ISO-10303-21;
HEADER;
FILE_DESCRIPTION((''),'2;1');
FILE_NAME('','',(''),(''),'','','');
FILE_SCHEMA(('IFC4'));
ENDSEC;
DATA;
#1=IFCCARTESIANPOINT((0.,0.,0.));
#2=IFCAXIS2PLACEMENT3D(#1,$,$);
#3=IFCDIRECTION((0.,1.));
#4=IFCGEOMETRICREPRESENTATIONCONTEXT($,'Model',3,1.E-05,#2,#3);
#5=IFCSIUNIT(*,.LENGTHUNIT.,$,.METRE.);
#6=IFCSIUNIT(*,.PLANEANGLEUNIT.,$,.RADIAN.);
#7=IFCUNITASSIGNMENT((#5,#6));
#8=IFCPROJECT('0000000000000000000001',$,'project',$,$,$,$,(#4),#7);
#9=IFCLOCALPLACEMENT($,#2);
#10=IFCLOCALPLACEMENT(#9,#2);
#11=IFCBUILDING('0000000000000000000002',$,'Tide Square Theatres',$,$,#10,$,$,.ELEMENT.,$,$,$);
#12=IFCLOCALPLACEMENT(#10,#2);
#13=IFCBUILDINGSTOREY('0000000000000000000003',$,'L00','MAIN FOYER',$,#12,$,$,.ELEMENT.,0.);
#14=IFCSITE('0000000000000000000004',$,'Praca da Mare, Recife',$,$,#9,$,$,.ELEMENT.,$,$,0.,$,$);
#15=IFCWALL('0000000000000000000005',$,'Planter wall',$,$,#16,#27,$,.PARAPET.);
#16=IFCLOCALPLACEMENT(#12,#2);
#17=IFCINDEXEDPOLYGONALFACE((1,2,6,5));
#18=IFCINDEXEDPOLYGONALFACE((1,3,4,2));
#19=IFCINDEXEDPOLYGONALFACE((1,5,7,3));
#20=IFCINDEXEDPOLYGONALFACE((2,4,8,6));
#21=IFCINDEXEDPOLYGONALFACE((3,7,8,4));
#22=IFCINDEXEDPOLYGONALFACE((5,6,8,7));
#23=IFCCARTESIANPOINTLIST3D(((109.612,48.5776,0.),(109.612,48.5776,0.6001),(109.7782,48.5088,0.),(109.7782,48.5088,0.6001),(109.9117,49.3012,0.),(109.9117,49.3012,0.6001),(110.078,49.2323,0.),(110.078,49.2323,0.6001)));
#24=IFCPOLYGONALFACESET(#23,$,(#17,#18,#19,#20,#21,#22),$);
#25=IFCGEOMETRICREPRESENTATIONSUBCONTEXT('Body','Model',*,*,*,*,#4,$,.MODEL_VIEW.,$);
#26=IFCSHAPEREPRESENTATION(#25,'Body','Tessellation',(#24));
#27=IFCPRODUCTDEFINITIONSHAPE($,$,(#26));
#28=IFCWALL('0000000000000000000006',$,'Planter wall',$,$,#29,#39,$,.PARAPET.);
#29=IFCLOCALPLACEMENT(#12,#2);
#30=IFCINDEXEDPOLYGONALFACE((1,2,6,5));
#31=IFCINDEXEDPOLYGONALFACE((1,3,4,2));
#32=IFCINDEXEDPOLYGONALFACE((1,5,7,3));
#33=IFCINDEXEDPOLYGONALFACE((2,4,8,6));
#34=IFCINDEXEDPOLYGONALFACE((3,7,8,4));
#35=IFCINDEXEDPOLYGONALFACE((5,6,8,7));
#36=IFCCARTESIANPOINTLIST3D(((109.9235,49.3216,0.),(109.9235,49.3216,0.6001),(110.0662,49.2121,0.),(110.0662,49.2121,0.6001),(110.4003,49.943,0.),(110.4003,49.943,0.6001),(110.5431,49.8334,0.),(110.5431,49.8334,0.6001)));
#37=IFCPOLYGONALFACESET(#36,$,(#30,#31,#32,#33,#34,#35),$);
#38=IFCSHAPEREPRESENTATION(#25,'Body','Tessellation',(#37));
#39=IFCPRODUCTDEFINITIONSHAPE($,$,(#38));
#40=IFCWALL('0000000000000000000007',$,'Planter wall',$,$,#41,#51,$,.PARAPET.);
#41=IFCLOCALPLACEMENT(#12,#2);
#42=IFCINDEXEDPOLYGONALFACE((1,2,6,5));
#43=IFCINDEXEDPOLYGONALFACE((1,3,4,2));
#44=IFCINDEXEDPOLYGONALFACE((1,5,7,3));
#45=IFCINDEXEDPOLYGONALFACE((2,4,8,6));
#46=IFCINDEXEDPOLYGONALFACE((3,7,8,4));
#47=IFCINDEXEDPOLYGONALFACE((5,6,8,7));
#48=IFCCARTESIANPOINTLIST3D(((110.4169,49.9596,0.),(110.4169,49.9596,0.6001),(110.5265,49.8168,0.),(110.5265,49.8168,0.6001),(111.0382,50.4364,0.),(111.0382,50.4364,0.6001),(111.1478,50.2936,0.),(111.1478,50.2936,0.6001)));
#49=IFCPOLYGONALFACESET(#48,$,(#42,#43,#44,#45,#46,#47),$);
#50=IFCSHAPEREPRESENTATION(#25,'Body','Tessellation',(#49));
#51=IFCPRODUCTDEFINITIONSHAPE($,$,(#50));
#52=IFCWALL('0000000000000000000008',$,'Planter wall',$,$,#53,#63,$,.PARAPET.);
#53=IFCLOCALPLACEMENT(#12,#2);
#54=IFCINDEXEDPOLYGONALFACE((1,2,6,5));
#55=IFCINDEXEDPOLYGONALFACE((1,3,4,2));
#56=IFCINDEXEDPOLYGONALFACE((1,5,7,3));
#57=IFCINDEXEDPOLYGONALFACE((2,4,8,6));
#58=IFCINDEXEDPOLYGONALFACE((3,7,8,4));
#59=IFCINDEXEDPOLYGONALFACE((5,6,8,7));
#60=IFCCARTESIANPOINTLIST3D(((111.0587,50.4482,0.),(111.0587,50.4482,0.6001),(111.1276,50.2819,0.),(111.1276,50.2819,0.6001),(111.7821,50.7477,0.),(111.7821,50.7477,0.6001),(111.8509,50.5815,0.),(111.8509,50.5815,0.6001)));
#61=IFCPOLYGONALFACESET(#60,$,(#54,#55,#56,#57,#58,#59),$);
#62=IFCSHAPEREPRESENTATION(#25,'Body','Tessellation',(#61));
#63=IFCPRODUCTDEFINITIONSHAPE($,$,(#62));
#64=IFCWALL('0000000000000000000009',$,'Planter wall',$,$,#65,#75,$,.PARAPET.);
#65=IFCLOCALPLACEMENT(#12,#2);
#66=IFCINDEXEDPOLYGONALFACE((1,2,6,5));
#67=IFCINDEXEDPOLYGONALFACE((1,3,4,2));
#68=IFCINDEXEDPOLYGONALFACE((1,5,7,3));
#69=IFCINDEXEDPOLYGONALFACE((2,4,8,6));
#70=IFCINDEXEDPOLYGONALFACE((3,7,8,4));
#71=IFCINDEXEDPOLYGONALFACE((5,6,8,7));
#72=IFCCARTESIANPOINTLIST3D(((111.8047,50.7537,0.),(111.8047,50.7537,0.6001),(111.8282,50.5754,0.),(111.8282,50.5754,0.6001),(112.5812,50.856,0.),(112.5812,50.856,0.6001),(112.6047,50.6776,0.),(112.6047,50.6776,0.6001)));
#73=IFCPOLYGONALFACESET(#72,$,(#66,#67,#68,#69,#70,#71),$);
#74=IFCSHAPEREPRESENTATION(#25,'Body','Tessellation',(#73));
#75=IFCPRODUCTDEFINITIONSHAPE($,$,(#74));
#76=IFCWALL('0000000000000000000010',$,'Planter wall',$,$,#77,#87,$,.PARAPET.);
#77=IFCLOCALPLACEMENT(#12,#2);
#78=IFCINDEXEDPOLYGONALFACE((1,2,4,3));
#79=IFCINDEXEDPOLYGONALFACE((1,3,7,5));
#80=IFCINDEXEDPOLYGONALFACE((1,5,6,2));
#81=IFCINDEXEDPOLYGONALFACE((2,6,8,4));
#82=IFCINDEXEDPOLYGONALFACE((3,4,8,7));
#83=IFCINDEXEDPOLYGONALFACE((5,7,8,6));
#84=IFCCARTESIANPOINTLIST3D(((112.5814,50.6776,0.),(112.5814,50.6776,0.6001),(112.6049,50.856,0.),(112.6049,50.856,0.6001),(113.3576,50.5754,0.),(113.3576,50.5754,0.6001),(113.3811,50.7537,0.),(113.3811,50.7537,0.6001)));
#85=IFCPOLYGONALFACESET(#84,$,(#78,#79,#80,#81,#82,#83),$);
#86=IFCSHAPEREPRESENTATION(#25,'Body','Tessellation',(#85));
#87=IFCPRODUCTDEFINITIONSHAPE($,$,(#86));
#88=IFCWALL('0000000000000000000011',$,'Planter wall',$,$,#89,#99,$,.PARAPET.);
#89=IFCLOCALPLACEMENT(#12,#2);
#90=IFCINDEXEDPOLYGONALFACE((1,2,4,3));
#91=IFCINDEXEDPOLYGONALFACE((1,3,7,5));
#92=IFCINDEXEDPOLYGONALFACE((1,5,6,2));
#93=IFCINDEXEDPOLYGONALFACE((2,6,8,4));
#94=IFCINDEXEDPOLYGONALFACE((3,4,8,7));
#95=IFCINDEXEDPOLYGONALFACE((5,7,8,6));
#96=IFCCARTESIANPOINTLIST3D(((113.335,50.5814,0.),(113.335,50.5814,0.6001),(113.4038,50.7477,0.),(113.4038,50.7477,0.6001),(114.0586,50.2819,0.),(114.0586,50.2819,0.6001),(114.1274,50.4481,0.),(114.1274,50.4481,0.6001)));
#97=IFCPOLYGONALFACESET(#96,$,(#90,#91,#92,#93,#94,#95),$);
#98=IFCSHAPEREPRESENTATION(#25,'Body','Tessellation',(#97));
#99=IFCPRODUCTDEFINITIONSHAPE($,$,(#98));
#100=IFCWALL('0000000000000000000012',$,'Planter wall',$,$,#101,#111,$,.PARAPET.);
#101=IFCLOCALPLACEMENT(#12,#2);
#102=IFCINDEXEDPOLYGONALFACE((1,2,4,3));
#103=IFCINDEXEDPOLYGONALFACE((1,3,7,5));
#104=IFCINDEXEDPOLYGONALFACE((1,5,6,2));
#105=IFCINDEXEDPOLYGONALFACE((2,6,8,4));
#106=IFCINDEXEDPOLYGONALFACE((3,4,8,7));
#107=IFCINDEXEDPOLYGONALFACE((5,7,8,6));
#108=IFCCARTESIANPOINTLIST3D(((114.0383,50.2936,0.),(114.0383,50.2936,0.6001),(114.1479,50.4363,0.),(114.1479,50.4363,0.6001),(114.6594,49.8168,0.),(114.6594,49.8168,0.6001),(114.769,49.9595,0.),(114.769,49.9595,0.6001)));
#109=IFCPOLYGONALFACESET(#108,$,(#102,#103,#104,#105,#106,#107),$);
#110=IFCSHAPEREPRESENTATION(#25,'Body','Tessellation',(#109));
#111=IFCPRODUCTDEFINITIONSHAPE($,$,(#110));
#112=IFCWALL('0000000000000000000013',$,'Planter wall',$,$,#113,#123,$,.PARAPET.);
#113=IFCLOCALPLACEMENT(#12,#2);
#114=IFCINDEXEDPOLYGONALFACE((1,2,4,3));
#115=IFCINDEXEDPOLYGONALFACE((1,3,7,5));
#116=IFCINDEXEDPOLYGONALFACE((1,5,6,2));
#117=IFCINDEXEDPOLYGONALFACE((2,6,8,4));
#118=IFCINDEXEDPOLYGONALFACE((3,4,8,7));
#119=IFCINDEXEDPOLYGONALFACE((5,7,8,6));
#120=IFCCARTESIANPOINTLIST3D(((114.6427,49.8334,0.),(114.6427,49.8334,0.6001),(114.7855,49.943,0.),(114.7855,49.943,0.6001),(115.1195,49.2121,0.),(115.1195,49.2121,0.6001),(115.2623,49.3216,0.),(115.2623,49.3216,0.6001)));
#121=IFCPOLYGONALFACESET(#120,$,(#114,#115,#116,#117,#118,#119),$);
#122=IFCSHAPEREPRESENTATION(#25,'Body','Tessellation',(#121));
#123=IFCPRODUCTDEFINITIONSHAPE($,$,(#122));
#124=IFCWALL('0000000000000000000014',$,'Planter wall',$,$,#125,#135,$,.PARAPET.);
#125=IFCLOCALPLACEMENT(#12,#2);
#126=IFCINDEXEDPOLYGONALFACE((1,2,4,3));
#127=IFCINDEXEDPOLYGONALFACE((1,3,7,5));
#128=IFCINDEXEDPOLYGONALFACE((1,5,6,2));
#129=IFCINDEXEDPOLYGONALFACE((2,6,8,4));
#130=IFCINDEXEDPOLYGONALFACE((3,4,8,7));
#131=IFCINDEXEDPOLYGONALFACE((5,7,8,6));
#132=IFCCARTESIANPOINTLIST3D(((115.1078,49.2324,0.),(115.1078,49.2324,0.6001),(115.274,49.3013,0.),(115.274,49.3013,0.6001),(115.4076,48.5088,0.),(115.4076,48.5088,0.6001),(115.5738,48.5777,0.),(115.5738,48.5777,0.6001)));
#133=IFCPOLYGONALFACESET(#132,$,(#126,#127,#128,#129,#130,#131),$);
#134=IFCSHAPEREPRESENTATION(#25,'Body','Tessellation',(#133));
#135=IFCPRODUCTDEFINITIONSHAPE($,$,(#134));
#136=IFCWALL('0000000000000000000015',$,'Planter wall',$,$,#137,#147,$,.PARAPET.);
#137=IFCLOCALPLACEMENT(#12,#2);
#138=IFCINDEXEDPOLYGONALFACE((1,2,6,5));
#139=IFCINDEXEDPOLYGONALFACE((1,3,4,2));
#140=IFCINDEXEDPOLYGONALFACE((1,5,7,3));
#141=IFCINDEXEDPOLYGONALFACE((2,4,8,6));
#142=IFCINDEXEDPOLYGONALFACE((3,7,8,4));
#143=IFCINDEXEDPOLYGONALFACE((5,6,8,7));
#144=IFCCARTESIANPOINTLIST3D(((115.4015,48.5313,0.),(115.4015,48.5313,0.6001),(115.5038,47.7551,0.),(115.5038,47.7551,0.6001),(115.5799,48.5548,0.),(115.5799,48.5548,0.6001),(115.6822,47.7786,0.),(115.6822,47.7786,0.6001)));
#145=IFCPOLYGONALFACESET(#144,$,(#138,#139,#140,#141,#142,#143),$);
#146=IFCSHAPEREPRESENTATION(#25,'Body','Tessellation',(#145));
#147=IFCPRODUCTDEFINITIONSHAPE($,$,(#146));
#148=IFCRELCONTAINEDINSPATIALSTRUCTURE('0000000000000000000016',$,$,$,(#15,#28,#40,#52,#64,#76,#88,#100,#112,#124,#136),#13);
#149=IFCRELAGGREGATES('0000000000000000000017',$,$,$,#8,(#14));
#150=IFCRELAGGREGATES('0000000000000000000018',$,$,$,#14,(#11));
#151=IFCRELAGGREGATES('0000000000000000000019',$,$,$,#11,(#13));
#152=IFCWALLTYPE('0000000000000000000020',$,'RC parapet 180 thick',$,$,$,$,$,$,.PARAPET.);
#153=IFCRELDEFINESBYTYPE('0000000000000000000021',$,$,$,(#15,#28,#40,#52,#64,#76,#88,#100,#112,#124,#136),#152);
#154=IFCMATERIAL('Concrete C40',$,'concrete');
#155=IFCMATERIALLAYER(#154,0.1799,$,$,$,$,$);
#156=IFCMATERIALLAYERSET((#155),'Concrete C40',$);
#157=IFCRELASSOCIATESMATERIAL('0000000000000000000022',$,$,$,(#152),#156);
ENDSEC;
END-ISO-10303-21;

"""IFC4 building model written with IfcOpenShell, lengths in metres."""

from ifc_helpers import new_model, si_unit, direction, frame, frame_2d, origin, place, context, subcontext, project, spatial, rectangle, extrude, material, layer, layer_set, type_object, element, save


model = new_model("IFC4")

# Units and contexts
model_context = context("Model", 3, precision=1e-05, world=origin(), true_north=direction((0.0, 1.0)))
body_context = subcontext(model_context, "Body", "Model", "MODEL_VIEW")
ifc_project = project(units=[si_unit("LENGTHUNIT", "METRE"), si_unit("PLANEANGLEUNIT", "RADIAN")], contexts=[model_context])

# Site, building, storey
site_placement = place(None, origin())
site = spatial("IfcSite", under=ifc_project, at=site_placement, Name="Praca da Mare, Recife", CompositionType="ELEMENT", RefElevation=0.0)
building_placement = place(site_placement, origin())
building = spatial("IfcBuilding", under=site, at=building_placement, Name="Tide Square Theatres", CompositionType="ELEMENT")
storey_placement = place(building_placement, origin())
storey = spatial("IfcBuildingStorey", under=building, at=storey_placement, Name="L00", Description="MAIN FOYER", CompositionType="ELEMENT", Elevation=0.0)

# Walls
ifc_material_1 = material(Name="Concrete C40", Category="concrete")
ifc_layer = layer(ifc_material_1, 0.1799)
ifc_layer_set = layer_set([ifc_layer], Name="Concrete C40")
wall_type = type_object("IfcWallType", Name="RC parapet 180 thick", PredefinedType="PARAPET", material=ifc_layer_set)
for number, where, z_axis, x_axis, name in (
    (1, (109.6951, 48.5432, 0.0), (0.0, 0.0, 1.0), (0.382756, 0.92385, 0.0), "Planter wall"),
    (2, (109.9949, 49.2668, 0.0), (0.0, 0.0, 1.0), (0.608791, 0.79333, 0.0), "Planter wall"),
    (3, (110.4717, 49.8882, 0.0), (0.0, 0.0, 1.0), (0.79333, 0.608791, 0.0), "Planter wall"),
):
    element("IfcWall", number, at=place(storey_placement, frame(where, z_axis=z_axis, x_axis=x_axis)), inside=storey, type_object=wall_type, Name=name, PredefinedType="PARAPET", context=body_context, shape_type="SweptSolid", body=[
        extrude(rectangle(XDim=0.7832, YDim=0.1799, at=frame_2d((0.3916, 0.0))), origin(), (0.0, 0.0, 1.0), 0.6001),
    ])
wall_1_placement = place(storey_placement, frame((111.093, 50.365, 0.0), z_axis=(0.0, 0.0, 1.0), x_axis=(0.923914, 0.3826, 0.0)))
element("IfcWall", 4, at=wall_1_placement, inside=storey, type_object=wall_type, Name="Planter wall", PredefinedType="PARAPET", context=body_context, shape_type="SweptSolid", body=[
    extrude(rectangle(XDim=0.783, YDim=0.1799, at=frame_2d((0.3916, 0.0))), origin(), (0.0, 0.0, 1.0), 0.6001),
])
wall_2_placement = place(storey_placement, frame((111.8164, 50.6646, 0.0), z_axis=(0.0, 0.0, 1.0), x_axis=(0.991436, 0.130592, 0.0)))
element("IfcWall", 5, at=wall_2_placement, inside=storey, type_object=wall_type, Name="Planter wall", PredefinedType="PARAPET", context=body_context, shape_type="SweptSolid", body=[
    extrude(rectangle(XDim=0.7832, YDim=0.1799, at=frame_2d((0.3916, 0.0))), origin(), (0.0, 0.0, 1.0), 0.6001),
])
wall_3_placement = place(storey_placement, frame((112.593, 50.7668, 0.0), z_axis=(0.0, 0.0, 1.0), x_axis=(0.991431, -0.130632, 0.0)))
element("IfcWall", 6, at=wall_3_placement, inside=storey, type_object=wall_type, Name="Planter wall", PredefinedType="PARAPET", context=body_context, shape_type="SweptSolid", body=[
    extrude(rectangle(XDim=0.783, YDim=0.1799, at=frame_2d((0.3916, 0.0))), origin(), (0.0, 0.0, 1.0), 0.6001),
])
wall_4_placement = place(storey_placement, frame((113.3694, 50.6646, 0.0), z_axis=(0.0, 0.0, 1.0), x_axis=(0.92396, -0.382489, 0.0)))
element("IfcWall", 7, at=wall_4_placement, inside=storey, type_object=wall_type, Name="Planter wall", PredefinedType="PARAPET", context=body_context, shape_type="SweptSolid", body=[
    extrude(rectangle(XDim=0.7832, YDim=0.1799, at=frame_2d((0.3916, 0.0))), origin(), (0.0, 0.0, 1.0), 0.6001),
])
wall_5_placement = place(storey_placement, frame((114.093, 50.365, 0.0), z_axis=(0.0, 0.0, 1.0), x_axis=(0.793215, -0.608942, 0.0)))
element("IfcWall", 8, at=wall_5_placement, inside=storey, type_object=wall_type, Name="Planter wall", PredefinedType="PARAPET", context=body_context, shape_type="SweptSolid", body=[
    extrude(rectangle(XDim=0.783, YDim=0.1799, at=frame_2d((0.3916, 0.0))), origin(), (0.0, 0.0, 1.0), 0.6001),
])
for number, where, z_axis, x_axis, name in (
    (9, (114.7141, 49.8882, 0.0), (0.0, 0.0, 1.0), (0.608791, -0.79333, 0.0), "Planter wall"),
    (10, (115.1909, 49.2668, 0.0), (0.0, 0.0, 1.0), (0.382756, -0.92385, 0.0), "Planter wall"),
):
    element("IfcWall", number, at=place(storey_placement, frame(where, z_axis=z_axis, x_axis=x_axis)), inside=storey, type_object=wall_type, Name=name, PredefinedType="PARAPET", context=body_context, shape_type="SweptSolid", body=[
        extrude(rectangle(XDim=0.7832, YDim=0.1799, at=frame_2d((0.3916, 0.0))), origin(), (0.0, 0.0, 1.0), 0.6001),
    ])
wall_6_placement = place(storey_placement, frame((115.4907, 48.5432, 0.0), z_axis=(0.0, 0.0, 1.0), x_axis=(0.130632, -0.991431, 0.0)))
element("IfcWall", 11, at=wall_6_placement, inside=storey, type_object=wall_type, Name="Planter wall", PredefinedType="PARAPET", context=body_context, shape_type="SweptSolid", body=[
    extrude(rectangle(XDim=0.783, YDim=0.1799, at=frame_2d((0.3916, 0.0))), origin(), (0.0, 0.0, 1.0), 0.6001),
])

save(model, "model.ifc")
